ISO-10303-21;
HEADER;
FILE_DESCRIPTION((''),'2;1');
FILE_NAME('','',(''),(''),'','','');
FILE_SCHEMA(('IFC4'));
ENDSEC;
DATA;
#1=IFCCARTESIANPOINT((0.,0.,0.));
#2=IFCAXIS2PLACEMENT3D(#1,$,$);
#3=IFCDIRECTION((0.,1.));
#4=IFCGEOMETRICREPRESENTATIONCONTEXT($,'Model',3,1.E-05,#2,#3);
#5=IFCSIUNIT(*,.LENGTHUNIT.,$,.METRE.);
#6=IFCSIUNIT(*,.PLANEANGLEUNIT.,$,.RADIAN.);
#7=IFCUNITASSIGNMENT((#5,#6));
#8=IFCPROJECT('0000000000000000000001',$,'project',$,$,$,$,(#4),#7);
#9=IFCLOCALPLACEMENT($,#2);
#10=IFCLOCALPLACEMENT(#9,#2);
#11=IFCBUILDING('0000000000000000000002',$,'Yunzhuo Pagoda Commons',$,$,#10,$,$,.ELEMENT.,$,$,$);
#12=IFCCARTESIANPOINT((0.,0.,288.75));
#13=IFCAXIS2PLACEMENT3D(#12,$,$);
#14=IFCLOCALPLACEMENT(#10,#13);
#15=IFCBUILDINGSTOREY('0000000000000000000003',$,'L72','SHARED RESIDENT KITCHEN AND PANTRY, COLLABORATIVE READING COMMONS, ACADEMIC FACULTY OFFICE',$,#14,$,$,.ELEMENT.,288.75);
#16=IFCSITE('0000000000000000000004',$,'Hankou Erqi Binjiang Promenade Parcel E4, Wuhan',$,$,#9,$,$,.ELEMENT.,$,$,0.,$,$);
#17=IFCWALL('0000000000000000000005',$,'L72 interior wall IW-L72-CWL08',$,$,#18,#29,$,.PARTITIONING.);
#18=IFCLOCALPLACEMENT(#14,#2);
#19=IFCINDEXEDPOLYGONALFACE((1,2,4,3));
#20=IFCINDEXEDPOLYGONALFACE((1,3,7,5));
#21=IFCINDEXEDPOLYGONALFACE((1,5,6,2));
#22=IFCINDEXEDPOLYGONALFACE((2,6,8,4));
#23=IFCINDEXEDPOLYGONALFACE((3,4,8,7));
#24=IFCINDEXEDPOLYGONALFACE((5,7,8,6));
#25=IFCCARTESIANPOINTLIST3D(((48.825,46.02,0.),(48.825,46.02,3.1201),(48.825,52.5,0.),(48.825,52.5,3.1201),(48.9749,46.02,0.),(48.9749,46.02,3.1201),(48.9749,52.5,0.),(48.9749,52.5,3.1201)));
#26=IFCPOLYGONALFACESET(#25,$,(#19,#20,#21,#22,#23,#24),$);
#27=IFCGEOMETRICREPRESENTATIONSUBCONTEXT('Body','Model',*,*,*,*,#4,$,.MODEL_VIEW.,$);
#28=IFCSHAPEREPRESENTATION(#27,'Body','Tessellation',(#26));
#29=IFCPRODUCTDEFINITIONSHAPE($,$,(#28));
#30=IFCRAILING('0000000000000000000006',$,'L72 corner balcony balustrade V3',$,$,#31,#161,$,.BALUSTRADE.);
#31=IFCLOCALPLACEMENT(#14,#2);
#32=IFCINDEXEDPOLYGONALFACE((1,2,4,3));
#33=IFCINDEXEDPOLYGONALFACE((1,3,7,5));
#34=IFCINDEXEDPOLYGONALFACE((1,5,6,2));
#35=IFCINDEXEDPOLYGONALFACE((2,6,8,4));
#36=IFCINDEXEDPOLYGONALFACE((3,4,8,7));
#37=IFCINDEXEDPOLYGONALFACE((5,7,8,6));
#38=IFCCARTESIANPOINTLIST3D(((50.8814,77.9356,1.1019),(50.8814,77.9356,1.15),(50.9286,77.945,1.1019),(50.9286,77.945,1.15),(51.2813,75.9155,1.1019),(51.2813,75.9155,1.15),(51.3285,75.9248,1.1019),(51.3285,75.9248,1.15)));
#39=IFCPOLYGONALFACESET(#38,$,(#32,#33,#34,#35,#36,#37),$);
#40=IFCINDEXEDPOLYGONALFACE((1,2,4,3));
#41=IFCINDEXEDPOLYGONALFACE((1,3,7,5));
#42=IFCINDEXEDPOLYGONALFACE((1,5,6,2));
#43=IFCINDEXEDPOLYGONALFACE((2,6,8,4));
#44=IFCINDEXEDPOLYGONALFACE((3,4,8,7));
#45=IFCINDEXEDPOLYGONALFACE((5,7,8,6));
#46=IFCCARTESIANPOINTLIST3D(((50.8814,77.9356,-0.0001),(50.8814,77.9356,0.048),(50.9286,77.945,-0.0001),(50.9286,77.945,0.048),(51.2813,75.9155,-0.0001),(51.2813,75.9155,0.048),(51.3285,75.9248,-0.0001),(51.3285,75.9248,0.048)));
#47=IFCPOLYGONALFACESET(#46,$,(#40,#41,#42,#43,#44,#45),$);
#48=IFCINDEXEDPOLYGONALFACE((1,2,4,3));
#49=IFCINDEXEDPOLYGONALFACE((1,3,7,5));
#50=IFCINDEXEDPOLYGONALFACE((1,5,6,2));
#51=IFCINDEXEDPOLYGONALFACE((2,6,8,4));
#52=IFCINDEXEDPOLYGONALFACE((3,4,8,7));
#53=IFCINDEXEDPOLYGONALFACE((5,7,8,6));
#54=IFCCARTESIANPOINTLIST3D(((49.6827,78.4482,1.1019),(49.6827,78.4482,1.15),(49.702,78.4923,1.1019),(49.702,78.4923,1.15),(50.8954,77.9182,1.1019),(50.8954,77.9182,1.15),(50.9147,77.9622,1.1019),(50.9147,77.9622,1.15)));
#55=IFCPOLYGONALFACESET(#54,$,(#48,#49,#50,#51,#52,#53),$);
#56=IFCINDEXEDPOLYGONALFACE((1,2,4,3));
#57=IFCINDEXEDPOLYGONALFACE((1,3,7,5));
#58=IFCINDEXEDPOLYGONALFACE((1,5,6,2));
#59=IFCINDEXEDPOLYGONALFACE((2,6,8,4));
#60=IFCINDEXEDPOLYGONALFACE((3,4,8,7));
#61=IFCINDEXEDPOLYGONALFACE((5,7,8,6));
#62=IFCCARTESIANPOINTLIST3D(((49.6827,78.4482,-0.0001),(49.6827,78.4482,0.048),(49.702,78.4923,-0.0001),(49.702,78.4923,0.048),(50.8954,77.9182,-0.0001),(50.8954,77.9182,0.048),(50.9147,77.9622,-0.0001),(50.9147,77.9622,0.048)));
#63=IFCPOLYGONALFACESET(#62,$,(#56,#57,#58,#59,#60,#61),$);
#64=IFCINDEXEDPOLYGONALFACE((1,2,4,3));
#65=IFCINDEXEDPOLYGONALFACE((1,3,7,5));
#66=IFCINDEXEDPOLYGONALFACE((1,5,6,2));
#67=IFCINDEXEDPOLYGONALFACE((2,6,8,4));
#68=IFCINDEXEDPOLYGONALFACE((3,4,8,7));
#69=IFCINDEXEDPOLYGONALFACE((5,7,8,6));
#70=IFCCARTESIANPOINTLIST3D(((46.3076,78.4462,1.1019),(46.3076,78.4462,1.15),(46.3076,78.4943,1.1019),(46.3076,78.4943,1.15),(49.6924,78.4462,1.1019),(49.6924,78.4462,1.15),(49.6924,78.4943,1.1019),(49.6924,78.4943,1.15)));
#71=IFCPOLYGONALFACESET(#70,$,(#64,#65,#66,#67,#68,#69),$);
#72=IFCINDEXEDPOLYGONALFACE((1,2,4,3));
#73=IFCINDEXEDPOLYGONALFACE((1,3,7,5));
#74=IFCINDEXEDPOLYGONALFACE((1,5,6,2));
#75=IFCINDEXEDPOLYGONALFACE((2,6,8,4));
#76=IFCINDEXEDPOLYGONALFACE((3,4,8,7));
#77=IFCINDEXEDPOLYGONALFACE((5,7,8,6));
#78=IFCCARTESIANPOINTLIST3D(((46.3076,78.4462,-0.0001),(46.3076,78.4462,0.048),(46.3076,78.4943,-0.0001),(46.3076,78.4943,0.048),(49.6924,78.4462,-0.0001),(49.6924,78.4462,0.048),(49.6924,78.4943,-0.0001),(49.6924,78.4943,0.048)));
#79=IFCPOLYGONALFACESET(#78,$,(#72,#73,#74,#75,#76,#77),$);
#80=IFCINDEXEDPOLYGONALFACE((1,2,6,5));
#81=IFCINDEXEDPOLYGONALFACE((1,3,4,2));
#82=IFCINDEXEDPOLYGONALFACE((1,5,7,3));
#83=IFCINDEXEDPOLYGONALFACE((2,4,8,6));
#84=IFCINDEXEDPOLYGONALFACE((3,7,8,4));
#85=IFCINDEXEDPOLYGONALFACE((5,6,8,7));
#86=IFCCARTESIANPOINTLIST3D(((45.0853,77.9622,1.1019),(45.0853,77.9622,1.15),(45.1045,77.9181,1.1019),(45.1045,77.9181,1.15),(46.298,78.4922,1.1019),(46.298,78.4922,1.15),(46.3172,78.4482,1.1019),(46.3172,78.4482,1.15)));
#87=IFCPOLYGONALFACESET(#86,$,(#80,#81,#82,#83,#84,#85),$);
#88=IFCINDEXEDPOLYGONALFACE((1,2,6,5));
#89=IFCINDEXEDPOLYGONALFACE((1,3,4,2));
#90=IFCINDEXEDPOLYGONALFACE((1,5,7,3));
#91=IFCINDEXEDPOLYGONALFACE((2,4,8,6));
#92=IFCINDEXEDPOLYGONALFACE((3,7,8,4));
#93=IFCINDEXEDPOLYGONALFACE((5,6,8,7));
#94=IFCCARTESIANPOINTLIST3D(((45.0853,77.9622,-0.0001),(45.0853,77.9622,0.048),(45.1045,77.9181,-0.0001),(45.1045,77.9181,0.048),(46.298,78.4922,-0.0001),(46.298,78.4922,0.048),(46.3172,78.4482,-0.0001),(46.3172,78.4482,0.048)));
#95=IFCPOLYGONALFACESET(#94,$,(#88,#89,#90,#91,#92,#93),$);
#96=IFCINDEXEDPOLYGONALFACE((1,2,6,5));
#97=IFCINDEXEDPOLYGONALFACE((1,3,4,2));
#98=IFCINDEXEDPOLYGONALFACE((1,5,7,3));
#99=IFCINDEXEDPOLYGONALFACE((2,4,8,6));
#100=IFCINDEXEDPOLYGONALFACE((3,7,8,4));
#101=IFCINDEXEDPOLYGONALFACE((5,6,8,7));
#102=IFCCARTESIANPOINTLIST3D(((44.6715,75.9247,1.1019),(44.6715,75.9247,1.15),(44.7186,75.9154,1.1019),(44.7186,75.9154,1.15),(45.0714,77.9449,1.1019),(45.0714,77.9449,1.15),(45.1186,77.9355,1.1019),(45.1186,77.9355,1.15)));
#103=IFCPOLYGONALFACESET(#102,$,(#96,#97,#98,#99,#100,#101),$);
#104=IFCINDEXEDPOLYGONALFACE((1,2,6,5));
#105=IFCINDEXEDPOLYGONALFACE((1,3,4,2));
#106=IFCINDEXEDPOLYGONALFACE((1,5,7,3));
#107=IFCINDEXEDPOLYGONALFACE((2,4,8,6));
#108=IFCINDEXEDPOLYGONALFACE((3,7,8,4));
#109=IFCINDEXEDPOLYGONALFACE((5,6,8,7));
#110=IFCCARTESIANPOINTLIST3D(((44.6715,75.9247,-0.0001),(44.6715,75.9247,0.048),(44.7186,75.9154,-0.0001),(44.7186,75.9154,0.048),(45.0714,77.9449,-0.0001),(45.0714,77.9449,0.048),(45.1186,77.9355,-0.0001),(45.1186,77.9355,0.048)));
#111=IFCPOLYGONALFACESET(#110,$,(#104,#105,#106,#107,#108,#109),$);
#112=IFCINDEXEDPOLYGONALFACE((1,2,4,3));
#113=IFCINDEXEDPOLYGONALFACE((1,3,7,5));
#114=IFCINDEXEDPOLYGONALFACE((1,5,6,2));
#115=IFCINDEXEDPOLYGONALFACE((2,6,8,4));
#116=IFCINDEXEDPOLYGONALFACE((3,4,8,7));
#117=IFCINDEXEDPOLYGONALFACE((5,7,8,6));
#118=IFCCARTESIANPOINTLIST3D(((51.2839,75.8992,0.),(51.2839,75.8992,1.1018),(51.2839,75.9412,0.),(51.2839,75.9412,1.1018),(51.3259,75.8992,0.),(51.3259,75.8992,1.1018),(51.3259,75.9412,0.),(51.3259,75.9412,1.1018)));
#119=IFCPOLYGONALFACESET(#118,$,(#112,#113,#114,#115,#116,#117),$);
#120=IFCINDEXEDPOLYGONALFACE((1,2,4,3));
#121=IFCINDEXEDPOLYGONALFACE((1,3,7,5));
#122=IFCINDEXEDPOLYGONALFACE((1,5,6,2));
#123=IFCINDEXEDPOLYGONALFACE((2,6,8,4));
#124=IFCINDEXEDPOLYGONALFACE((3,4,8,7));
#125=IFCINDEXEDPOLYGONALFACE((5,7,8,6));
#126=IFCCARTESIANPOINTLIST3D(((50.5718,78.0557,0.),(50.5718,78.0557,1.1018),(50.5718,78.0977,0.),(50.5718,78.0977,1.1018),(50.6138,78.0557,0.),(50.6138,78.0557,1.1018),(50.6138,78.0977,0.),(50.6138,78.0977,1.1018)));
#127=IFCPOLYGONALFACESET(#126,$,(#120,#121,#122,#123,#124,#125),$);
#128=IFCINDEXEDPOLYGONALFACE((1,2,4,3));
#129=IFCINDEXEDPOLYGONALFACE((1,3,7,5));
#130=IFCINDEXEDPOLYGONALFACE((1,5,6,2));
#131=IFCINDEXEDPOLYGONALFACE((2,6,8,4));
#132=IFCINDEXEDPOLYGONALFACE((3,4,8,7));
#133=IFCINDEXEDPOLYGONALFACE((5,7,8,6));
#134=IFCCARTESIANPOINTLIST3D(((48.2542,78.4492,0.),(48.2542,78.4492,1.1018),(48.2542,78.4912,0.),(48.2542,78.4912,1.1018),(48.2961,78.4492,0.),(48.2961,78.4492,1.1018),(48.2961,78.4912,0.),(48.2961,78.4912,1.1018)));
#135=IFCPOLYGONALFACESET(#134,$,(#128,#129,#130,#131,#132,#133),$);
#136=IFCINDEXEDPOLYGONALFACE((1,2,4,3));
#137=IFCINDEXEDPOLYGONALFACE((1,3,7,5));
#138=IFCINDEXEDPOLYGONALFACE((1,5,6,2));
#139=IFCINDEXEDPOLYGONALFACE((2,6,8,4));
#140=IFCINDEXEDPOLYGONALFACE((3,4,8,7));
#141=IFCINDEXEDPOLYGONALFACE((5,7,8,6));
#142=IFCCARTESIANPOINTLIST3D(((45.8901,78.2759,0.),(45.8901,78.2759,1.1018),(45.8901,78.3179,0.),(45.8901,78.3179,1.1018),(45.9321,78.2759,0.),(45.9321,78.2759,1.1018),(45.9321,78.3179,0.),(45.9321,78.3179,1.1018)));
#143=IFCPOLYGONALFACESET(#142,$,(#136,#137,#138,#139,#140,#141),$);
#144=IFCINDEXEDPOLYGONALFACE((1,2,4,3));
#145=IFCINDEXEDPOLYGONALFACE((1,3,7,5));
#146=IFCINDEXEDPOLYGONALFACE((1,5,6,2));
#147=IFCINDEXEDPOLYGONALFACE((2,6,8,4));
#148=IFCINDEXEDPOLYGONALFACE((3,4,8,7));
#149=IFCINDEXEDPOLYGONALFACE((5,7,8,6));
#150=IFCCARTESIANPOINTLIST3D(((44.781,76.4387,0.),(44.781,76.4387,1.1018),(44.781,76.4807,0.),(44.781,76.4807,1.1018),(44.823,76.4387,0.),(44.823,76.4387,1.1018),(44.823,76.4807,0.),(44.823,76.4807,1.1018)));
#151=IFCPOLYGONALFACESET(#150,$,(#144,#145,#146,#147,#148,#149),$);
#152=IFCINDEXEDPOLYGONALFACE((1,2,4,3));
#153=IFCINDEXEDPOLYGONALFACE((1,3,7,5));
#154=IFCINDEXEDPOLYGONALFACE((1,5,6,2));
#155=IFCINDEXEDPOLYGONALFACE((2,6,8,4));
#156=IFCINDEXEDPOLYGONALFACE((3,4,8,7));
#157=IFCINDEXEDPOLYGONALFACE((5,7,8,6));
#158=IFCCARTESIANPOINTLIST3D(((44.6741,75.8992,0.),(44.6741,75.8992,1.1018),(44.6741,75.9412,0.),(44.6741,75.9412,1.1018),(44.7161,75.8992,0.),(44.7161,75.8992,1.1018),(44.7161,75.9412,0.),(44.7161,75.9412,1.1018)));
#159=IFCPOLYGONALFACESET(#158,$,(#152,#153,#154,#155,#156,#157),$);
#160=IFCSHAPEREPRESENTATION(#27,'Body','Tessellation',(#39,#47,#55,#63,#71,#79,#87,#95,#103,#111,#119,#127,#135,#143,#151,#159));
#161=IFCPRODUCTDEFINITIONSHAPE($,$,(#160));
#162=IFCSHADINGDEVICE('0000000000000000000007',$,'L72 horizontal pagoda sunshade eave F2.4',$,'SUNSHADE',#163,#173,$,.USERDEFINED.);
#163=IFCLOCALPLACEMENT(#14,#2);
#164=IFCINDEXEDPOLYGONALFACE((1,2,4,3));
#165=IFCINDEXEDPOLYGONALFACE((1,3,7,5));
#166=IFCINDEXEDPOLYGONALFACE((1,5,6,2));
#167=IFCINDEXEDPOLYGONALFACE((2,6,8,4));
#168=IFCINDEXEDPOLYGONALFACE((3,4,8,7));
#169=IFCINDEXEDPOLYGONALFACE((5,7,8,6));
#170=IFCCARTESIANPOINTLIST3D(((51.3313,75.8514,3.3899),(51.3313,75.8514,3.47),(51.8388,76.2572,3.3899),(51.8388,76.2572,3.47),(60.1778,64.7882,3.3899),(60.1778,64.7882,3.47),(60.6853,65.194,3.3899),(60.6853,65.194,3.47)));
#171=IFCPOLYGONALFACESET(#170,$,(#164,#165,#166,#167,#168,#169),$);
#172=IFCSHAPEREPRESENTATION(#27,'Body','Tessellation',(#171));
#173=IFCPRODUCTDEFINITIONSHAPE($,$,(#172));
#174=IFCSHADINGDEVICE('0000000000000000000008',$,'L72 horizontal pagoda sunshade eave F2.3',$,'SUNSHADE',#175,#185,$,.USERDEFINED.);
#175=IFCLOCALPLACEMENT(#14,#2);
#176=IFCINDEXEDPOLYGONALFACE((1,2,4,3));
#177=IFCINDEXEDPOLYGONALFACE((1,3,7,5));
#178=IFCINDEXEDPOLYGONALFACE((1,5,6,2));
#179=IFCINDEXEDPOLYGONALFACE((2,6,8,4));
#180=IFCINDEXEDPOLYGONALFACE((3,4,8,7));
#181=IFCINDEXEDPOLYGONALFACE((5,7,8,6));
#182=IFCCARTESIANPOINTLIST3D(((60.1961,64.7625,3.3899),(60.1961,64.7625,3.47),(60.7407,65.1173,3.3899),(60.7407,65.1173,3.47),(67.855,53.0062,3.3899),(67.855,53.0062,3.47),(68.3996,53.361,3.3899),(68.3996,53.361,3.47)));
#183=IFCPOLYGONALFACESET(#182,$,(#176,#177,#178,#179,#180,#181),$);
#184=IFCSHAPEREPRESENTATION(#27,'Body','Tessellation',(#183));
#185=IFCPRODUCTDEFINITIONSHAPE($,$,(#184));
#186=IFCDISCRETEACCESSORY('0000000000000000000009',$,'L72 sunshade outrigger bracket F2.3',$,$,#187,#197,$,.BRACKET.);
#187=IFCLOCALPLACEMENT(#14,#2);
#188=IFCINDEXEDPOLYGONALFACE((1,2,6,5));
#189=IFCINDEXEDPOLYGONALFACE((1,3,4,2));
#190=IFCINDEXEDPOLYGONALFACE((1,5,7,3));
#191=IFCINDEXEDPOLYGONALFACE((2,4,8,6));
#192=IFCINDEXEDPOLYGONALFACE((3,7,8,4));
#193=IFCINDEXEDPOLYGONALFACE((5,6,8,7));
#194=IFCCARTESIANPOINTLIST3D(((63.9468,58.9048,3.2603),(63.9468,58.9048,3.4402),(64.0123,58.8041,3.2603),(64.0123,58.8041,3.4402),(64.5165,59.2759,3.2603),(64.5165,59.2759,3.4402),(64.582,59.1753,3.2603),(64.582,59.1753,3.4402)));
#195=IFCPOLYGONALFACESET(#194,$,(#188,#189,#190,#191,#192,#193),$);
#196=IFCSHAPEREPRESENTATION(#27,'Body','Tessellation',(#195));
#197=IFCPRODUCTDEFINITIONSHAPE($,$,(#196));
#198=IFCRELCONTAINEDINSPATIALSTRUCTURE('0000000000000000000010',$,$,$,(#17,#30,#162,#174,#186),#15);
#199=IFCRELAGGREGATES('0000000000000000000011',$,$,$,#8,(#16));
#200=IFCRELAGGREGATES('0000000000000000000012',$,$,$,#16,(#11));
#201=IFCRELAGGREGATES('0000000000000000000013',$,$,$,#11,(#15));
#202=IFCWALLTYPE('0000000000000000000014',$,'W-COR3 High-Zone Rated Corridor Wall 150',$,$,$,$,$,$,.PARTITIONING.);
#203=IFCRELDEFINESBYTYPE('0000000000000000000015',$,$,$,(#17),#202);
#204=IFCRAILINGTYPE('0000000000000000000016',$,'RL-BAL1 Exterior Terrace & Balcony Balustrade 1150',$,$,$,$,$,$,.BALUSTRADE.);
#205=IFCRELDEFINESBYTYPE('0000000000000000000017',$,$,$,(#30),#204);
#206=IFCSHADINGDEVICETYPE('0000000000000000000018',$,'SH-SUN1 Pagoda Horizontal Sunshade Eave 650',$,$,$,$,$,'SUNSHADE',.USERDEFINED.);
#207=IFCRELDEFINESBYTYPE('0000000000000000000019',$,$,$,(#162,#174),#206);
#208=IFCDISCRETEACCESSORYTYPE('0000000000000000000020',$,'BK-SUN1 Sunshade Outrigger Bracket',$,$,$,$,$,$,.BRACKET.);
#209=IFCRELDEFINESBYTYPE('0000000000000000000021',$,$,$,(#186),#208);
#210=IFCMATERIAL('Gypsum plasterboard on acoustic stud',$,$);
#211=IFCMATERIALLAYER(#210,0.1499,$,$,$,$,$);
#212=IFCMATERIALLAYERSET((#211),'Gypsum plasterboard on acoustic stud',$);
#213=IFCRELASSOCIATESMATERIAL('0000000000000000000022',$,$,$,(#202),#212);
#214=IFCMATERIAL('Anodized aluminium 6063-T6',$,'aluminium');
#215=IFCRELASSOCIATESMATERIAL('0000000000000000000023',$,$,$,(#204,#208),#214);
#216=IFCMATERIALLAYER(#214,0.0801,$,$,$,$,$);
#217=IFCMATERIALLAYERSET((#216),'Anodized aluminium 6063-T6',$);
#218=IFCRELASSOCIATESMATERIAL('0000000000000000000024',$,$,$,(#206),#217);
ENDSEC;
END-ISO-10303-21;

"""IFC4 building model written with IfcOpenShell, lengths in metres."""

from ifc_helpers import new_model, si_unit, direction, frame, frame_2d, origin, origin_2d, place, context, subcontext, project, spatial, rectangle, extrude, source, transform, mapped, material, layer, layer_set, type_object, element, save


model = new_model("IFC4")

# Units and contexts
model_context = context("Model", 3, precision=1e-05, world=origin(), true_north=direction((0.0, 1.0)))
body_context = subcontext(model_context, "Body", "Model", "MODEL_VIEW")
ifc_project = project(units=[si_unit("LENGTHUNIT", "METRE"), si_unit("PLANEANGLEUNIT", "RADIAN")], contexts=[model_context])

# Site, building, storey
site_placement = place(None, origin())
site = spatial("IfcSite", under=ifc_project, at=site_placement, Name="Hankou Erqi Binjiang Promenade Parcel E4, Wuhan", CompositionType="ELEMENT", RefElevation=0.0)
building_placement = place(site_placement, origin())
building = spatial("IfcBuilding", under=site, at=building_placement, Name="Yunzhuo Pagoda Commons", CompositionType="ELEMENT")
storey_placement = place(building_placement, frame((0.0, 0.0, 288.75)))
storey = spatial("IfcBuildingStorey", under=building, at=storey_placement, Name="L72", Description="SHARED RESIDENT KITCHEN AND PANTRY, COLLABORATIVE READING COMMONS, ACADEMIC FACULTY OFFICE", CompositionType="ELEMENT", Elevation=288.75)

# Shared definitions
ifc_material_1 = material(Name="Anodized aluminium 6063-T6", Category="aluminium")

# Wall
ifc_material_2 = material(Name="Gypsum plasterboard on acoustic stud")
ifc_layer_1 = layer(ifc_material_2, 0.1499)
ifc_layer_set_1 = layer_set([ifc_layer_1], Name="Gypsum plasterboard on acoustic stud")
wall_type_1 = type_object("IfcWallType", Name="W-COR3 High-Zone Rated Corridor Wall 150", PredefinedType="PARTITIONING", material=ifc_layer_set_1)
wall_1_placement = place(storey_placement, frame((48.8999, 52.5, 0.0), z_axis=(0.0, 0.0, 1.0), x_axis=(0.0, -1.0, 0.0)))
element("IfcWall", 1, at=wall_1_placement, inside=storey, type_object=wall_type_1, Name="L72 interior wall IW-L72-CWL08", PredefinedType="PARTITIONING", context=body_context, shape_type="SweptSolid", body=[
    extrude(rectangle(XDim=6.48, YDim=0.1499, at=frame_2d((3.24, 0.0))), origin(), (0.0, 0.0, 1.0), 3.1201),
])

# Railing
railing_type = type_object("IfcRailingType", Name="RL-BAL1 Exterior Terrace & Balcony Balustrade 1150", PredefinedType="BALUSTRADE", material=ifc_material_1)
railing_placement = place(storey_placement, frame((51.3049, 75.9202, 0.0)))
element("IfcRailing", 2, at=railing_placement, inside=storey, type_object=railing_type, Name="L72 corner balcony balustrade V3", PredefinedType="BALUSTRADE", context=body_context, shape_type="SweptSolid", body=[
    extrude(rectangle(XDim=0.0481, YDim=0.0481, at=origin_2d()), frame((0.0, 0.0, 1.126), z_axis=(-0.194201, 0.980962, 0.0), x_axis=(-0.980962, -0.194201, 0.0)), (0.0, 0.0, 1.0), 2.0593),
    extrude(rectangle(XDim=0.0481, YDim=0.0481, at=origin_2d()), frame((0.0, 0.0, 0.0239), z_axis=(-0.194201, 0.980962, 0.0), x_axis=(-0.980962, -0.194201, 0.0)), (0.0, 0.0, 1.0), 2.0593),
    extrude(rectangle(XDim=0.0481, YDim=0.0481, at=origin_2d()), frame((-0.3999, 2.02, 1.126), z_axis=(-0.916297, 0.400499, 0.0), x_axis=(-0.400499, -0.916297, 0.0)), (0.0, 0.0, 1.0), 1.3235),
    extrude(rectangle(XDim=0.0481, YDim=0.0481, at=origin_2d()), frame((-0.3999, 2.02, 0.0239), z_axis=(-0.916297, 0.400499, 0.0), x_axis=(-0.400499, -0.916297, 0.0)), (0.0, 0.0, 1.0), 1.3235),
    extrude(rectangle(XDim=0.0481, YDim=0.0481, at=origin_2d()), frame((-1.6125, 2.55, 1.126), z_axis=(-1.0, 0.0, 0.0), x_axis=(0.0, -1.0, 0.0)), (0.0, 0.0, 1.0), 3.3848),
    extrude(rectangle(XDim=0.0481, YDim=0.0481, at=origin_2d()), frame((-1.6125, 2.55, 0.0239), z_axis=(-1.0, 0.0, 0.0), x_axis=(0.0, -1.0, 0.0)), (0.0, 0.0, 1.0), 3.3848),
    extrude(rectangle(XDim=0.0481, YDim=0.0481, at=origin_2d()), frame((-4.9973, 2.55, 1.126), z_axis=(-0.916297, -0.400499, 0.0), x_axis=(0.400499, -0.916297, 0.0)), (0.0, 0.0, 1.0), 1.3235),
    extrude(rectangle(XDim=0.0481, YDim=0.0481, at=origin_2d()), frame((-4.9973, 2.55, 0.0239), z_axis=(-0.916297, -0.400499, 0.0), x_axis=(0.400499, -0.916297, 0.0)), (0.0, 0.0, 1.0), 1.3235),
    extrude(rectangle(XDim=0.0481, YDim=0.0481, at=origin_2d()), frame((-6.21, 2.02, 1.126), z_axis=(-0.194201, -0.980962, 0.0), x_axis=(0.980962, -0.194201, 0.0)), (0.0, 0.0, 1.0), 2.0593),
    extrude(rectangle(XDim=0.0481, YDim=0.0481, at=origin_2d()), frame((-6.21, 2.02, 0.0239), z_axis=(-0.194201, -0.980962, 0.0), x_axis=(0.980962, -0.194201, 0.0)), (0.0, 0.0, 1.0), 2.0593),
    extrude(rectangle(XDim=0.042, YDim=0.042, at=origin_2d()), origin(), (0.0, 0.0, 1.0), 1.1018),
    extrude(rectangle(XDim=0.042, YDim=0.042, at=origin_2d()), frame((-0.7122, 2.1565, 0.0)), (0.0, 0.0, 1.0), 1.1018),
    extrude(rectangle(XDim=0.042, YDim=0.042, at=origin_2d()), frame((-3.0298, 2.55, 0.0)), (0.0, 0.0, 1.0), 1.1018),
    extrude(rectangle(XDim=0.042, YDim=0.042, at=origin_2d()), frame((-5.3938, 2.3767, 0.0)), (0.0, 0.0, 1.0), 1.1018),
    extrude(rectangle(XDim=0.042, YDim=0.042, at=origin_2d()), frame((-6.5029, 0.5396, 0.0)), (0.0, 0.0, 1.0), 1.1018),
    extrude(rectangle(XDim=0.042, YDim=0.042, at=origin_2d()), frame((-6.6099, 0.0, 0.0)), (0.0, 0.0, 1.0), 1.1018),
])

# Shading devices
ifc_layer_2 = layer(ifc_material_1, 0.0801)
ifc_layer_set_2 = layer_set([ifc_layer_2], Name="Anodized aluminium 6063-T6")
shading_device_type = type_object("IfcShadingDeviceType", Name="SH-SUN1 Pagoda Horizontal Sunshade Eave 650", ElementType="SUNSHADE", PredefinedType="USERDEFINED", material=ifc_layer_set_2)
shared_shape_1 = source(origin(), body_context, "Body", "SweptSolid", [
    extrude(rectangle(XDim=14.1653, YDim=0.6499, at=origin_2d()), origin(), (0.0, 0.0, 1.0), 0.0801),
])
shading_device_1_placement = place(storey_placement, frame((56.0083, 70.5227, 3.3899), z_axis=(0.0, 0.0, 1.0), x_axis=(-0.62452, 0.781008, 0.0)))
element("IfcShadingDevice", 3, at=shading_device_1_placement, inside=storey, type_object=shading_device_type, Name="L72 horizontal pagoda sunshade eave F2.4", ObjectType="SUNSHADE", PredefinedType="USERDEFINED", context=body_context, shape_type="MappedRepresentation", body=[
    mapped(shared_shape_1, transform((0.0, 0.0, 0.0), scale=1.0)),
])
shared_shape_2 = source(origin(), body_context, "Body", "SweptSolid", [
    extrude(rectangle(XDim=14.031, YDim=0.6499, at=origin_2d()), origin(), (0.0, 0.0, 1.0), 0.0801),
])
shading_device_2_placement = place(storey_placement, frame((64.2979, 59.0618, 3.3899), z_axis=(0.0, 0.0, 1.0), x_axis=(-0.545853, 0.837881, 0.0)))
element("IfcShadingDevice", 4, at=shading_device_2_placement, inside=storey, type_object=shading_device_type, Name="L72 horizontal pagoda sunshade eave F2.3", ObjectType="SUNSHADE", PredefinedType="USERDEFINED", context=body_context, shape_type="MappedRepresentation", body=[
    mapped(shared_shape_2, transform((0.0, 0.0, 0.0), scale=1.0)),
])

# Discrete accessory
discrete_accessory_type = type_object("IfcDiscreteAccessoryType", Name="BK-SUN1 Sunshade Outrigger Bracket", PredefinedType="BRACKET", material=ifc_material_1)
shared_shape_3 = source(origin(), body_context, "Body", "SweptSolid", [
    extrude(rectangle(XDim=0.1201, YDim=0.6799, at=origin_2d()), origin(), (0.0, 0.0, 1.0), 0.1799),
])
discrete_accessory_placement = place(storey_placement, frame((64.2644, 59.04, 3.2603), z_axis=(0.0, 0.0, 1.0), x_axis=(-0.545853, 0.837881, 0.0)))
element("IfcDiscreteAccessory", 5, at=discrete_accessory_placement, inside=storey, type_object=discrete_accessory_type, Name="L72 sunshade outrigger bracket F2.3", PredefinedType="BRACKET", context=body_context, shape_type="MappedRepresentation", body=[
    mapped(shared_shape_3, transform((0.0, 0.0, 0.0), scale=1.0)),
])

save(model, "model.ifc")
